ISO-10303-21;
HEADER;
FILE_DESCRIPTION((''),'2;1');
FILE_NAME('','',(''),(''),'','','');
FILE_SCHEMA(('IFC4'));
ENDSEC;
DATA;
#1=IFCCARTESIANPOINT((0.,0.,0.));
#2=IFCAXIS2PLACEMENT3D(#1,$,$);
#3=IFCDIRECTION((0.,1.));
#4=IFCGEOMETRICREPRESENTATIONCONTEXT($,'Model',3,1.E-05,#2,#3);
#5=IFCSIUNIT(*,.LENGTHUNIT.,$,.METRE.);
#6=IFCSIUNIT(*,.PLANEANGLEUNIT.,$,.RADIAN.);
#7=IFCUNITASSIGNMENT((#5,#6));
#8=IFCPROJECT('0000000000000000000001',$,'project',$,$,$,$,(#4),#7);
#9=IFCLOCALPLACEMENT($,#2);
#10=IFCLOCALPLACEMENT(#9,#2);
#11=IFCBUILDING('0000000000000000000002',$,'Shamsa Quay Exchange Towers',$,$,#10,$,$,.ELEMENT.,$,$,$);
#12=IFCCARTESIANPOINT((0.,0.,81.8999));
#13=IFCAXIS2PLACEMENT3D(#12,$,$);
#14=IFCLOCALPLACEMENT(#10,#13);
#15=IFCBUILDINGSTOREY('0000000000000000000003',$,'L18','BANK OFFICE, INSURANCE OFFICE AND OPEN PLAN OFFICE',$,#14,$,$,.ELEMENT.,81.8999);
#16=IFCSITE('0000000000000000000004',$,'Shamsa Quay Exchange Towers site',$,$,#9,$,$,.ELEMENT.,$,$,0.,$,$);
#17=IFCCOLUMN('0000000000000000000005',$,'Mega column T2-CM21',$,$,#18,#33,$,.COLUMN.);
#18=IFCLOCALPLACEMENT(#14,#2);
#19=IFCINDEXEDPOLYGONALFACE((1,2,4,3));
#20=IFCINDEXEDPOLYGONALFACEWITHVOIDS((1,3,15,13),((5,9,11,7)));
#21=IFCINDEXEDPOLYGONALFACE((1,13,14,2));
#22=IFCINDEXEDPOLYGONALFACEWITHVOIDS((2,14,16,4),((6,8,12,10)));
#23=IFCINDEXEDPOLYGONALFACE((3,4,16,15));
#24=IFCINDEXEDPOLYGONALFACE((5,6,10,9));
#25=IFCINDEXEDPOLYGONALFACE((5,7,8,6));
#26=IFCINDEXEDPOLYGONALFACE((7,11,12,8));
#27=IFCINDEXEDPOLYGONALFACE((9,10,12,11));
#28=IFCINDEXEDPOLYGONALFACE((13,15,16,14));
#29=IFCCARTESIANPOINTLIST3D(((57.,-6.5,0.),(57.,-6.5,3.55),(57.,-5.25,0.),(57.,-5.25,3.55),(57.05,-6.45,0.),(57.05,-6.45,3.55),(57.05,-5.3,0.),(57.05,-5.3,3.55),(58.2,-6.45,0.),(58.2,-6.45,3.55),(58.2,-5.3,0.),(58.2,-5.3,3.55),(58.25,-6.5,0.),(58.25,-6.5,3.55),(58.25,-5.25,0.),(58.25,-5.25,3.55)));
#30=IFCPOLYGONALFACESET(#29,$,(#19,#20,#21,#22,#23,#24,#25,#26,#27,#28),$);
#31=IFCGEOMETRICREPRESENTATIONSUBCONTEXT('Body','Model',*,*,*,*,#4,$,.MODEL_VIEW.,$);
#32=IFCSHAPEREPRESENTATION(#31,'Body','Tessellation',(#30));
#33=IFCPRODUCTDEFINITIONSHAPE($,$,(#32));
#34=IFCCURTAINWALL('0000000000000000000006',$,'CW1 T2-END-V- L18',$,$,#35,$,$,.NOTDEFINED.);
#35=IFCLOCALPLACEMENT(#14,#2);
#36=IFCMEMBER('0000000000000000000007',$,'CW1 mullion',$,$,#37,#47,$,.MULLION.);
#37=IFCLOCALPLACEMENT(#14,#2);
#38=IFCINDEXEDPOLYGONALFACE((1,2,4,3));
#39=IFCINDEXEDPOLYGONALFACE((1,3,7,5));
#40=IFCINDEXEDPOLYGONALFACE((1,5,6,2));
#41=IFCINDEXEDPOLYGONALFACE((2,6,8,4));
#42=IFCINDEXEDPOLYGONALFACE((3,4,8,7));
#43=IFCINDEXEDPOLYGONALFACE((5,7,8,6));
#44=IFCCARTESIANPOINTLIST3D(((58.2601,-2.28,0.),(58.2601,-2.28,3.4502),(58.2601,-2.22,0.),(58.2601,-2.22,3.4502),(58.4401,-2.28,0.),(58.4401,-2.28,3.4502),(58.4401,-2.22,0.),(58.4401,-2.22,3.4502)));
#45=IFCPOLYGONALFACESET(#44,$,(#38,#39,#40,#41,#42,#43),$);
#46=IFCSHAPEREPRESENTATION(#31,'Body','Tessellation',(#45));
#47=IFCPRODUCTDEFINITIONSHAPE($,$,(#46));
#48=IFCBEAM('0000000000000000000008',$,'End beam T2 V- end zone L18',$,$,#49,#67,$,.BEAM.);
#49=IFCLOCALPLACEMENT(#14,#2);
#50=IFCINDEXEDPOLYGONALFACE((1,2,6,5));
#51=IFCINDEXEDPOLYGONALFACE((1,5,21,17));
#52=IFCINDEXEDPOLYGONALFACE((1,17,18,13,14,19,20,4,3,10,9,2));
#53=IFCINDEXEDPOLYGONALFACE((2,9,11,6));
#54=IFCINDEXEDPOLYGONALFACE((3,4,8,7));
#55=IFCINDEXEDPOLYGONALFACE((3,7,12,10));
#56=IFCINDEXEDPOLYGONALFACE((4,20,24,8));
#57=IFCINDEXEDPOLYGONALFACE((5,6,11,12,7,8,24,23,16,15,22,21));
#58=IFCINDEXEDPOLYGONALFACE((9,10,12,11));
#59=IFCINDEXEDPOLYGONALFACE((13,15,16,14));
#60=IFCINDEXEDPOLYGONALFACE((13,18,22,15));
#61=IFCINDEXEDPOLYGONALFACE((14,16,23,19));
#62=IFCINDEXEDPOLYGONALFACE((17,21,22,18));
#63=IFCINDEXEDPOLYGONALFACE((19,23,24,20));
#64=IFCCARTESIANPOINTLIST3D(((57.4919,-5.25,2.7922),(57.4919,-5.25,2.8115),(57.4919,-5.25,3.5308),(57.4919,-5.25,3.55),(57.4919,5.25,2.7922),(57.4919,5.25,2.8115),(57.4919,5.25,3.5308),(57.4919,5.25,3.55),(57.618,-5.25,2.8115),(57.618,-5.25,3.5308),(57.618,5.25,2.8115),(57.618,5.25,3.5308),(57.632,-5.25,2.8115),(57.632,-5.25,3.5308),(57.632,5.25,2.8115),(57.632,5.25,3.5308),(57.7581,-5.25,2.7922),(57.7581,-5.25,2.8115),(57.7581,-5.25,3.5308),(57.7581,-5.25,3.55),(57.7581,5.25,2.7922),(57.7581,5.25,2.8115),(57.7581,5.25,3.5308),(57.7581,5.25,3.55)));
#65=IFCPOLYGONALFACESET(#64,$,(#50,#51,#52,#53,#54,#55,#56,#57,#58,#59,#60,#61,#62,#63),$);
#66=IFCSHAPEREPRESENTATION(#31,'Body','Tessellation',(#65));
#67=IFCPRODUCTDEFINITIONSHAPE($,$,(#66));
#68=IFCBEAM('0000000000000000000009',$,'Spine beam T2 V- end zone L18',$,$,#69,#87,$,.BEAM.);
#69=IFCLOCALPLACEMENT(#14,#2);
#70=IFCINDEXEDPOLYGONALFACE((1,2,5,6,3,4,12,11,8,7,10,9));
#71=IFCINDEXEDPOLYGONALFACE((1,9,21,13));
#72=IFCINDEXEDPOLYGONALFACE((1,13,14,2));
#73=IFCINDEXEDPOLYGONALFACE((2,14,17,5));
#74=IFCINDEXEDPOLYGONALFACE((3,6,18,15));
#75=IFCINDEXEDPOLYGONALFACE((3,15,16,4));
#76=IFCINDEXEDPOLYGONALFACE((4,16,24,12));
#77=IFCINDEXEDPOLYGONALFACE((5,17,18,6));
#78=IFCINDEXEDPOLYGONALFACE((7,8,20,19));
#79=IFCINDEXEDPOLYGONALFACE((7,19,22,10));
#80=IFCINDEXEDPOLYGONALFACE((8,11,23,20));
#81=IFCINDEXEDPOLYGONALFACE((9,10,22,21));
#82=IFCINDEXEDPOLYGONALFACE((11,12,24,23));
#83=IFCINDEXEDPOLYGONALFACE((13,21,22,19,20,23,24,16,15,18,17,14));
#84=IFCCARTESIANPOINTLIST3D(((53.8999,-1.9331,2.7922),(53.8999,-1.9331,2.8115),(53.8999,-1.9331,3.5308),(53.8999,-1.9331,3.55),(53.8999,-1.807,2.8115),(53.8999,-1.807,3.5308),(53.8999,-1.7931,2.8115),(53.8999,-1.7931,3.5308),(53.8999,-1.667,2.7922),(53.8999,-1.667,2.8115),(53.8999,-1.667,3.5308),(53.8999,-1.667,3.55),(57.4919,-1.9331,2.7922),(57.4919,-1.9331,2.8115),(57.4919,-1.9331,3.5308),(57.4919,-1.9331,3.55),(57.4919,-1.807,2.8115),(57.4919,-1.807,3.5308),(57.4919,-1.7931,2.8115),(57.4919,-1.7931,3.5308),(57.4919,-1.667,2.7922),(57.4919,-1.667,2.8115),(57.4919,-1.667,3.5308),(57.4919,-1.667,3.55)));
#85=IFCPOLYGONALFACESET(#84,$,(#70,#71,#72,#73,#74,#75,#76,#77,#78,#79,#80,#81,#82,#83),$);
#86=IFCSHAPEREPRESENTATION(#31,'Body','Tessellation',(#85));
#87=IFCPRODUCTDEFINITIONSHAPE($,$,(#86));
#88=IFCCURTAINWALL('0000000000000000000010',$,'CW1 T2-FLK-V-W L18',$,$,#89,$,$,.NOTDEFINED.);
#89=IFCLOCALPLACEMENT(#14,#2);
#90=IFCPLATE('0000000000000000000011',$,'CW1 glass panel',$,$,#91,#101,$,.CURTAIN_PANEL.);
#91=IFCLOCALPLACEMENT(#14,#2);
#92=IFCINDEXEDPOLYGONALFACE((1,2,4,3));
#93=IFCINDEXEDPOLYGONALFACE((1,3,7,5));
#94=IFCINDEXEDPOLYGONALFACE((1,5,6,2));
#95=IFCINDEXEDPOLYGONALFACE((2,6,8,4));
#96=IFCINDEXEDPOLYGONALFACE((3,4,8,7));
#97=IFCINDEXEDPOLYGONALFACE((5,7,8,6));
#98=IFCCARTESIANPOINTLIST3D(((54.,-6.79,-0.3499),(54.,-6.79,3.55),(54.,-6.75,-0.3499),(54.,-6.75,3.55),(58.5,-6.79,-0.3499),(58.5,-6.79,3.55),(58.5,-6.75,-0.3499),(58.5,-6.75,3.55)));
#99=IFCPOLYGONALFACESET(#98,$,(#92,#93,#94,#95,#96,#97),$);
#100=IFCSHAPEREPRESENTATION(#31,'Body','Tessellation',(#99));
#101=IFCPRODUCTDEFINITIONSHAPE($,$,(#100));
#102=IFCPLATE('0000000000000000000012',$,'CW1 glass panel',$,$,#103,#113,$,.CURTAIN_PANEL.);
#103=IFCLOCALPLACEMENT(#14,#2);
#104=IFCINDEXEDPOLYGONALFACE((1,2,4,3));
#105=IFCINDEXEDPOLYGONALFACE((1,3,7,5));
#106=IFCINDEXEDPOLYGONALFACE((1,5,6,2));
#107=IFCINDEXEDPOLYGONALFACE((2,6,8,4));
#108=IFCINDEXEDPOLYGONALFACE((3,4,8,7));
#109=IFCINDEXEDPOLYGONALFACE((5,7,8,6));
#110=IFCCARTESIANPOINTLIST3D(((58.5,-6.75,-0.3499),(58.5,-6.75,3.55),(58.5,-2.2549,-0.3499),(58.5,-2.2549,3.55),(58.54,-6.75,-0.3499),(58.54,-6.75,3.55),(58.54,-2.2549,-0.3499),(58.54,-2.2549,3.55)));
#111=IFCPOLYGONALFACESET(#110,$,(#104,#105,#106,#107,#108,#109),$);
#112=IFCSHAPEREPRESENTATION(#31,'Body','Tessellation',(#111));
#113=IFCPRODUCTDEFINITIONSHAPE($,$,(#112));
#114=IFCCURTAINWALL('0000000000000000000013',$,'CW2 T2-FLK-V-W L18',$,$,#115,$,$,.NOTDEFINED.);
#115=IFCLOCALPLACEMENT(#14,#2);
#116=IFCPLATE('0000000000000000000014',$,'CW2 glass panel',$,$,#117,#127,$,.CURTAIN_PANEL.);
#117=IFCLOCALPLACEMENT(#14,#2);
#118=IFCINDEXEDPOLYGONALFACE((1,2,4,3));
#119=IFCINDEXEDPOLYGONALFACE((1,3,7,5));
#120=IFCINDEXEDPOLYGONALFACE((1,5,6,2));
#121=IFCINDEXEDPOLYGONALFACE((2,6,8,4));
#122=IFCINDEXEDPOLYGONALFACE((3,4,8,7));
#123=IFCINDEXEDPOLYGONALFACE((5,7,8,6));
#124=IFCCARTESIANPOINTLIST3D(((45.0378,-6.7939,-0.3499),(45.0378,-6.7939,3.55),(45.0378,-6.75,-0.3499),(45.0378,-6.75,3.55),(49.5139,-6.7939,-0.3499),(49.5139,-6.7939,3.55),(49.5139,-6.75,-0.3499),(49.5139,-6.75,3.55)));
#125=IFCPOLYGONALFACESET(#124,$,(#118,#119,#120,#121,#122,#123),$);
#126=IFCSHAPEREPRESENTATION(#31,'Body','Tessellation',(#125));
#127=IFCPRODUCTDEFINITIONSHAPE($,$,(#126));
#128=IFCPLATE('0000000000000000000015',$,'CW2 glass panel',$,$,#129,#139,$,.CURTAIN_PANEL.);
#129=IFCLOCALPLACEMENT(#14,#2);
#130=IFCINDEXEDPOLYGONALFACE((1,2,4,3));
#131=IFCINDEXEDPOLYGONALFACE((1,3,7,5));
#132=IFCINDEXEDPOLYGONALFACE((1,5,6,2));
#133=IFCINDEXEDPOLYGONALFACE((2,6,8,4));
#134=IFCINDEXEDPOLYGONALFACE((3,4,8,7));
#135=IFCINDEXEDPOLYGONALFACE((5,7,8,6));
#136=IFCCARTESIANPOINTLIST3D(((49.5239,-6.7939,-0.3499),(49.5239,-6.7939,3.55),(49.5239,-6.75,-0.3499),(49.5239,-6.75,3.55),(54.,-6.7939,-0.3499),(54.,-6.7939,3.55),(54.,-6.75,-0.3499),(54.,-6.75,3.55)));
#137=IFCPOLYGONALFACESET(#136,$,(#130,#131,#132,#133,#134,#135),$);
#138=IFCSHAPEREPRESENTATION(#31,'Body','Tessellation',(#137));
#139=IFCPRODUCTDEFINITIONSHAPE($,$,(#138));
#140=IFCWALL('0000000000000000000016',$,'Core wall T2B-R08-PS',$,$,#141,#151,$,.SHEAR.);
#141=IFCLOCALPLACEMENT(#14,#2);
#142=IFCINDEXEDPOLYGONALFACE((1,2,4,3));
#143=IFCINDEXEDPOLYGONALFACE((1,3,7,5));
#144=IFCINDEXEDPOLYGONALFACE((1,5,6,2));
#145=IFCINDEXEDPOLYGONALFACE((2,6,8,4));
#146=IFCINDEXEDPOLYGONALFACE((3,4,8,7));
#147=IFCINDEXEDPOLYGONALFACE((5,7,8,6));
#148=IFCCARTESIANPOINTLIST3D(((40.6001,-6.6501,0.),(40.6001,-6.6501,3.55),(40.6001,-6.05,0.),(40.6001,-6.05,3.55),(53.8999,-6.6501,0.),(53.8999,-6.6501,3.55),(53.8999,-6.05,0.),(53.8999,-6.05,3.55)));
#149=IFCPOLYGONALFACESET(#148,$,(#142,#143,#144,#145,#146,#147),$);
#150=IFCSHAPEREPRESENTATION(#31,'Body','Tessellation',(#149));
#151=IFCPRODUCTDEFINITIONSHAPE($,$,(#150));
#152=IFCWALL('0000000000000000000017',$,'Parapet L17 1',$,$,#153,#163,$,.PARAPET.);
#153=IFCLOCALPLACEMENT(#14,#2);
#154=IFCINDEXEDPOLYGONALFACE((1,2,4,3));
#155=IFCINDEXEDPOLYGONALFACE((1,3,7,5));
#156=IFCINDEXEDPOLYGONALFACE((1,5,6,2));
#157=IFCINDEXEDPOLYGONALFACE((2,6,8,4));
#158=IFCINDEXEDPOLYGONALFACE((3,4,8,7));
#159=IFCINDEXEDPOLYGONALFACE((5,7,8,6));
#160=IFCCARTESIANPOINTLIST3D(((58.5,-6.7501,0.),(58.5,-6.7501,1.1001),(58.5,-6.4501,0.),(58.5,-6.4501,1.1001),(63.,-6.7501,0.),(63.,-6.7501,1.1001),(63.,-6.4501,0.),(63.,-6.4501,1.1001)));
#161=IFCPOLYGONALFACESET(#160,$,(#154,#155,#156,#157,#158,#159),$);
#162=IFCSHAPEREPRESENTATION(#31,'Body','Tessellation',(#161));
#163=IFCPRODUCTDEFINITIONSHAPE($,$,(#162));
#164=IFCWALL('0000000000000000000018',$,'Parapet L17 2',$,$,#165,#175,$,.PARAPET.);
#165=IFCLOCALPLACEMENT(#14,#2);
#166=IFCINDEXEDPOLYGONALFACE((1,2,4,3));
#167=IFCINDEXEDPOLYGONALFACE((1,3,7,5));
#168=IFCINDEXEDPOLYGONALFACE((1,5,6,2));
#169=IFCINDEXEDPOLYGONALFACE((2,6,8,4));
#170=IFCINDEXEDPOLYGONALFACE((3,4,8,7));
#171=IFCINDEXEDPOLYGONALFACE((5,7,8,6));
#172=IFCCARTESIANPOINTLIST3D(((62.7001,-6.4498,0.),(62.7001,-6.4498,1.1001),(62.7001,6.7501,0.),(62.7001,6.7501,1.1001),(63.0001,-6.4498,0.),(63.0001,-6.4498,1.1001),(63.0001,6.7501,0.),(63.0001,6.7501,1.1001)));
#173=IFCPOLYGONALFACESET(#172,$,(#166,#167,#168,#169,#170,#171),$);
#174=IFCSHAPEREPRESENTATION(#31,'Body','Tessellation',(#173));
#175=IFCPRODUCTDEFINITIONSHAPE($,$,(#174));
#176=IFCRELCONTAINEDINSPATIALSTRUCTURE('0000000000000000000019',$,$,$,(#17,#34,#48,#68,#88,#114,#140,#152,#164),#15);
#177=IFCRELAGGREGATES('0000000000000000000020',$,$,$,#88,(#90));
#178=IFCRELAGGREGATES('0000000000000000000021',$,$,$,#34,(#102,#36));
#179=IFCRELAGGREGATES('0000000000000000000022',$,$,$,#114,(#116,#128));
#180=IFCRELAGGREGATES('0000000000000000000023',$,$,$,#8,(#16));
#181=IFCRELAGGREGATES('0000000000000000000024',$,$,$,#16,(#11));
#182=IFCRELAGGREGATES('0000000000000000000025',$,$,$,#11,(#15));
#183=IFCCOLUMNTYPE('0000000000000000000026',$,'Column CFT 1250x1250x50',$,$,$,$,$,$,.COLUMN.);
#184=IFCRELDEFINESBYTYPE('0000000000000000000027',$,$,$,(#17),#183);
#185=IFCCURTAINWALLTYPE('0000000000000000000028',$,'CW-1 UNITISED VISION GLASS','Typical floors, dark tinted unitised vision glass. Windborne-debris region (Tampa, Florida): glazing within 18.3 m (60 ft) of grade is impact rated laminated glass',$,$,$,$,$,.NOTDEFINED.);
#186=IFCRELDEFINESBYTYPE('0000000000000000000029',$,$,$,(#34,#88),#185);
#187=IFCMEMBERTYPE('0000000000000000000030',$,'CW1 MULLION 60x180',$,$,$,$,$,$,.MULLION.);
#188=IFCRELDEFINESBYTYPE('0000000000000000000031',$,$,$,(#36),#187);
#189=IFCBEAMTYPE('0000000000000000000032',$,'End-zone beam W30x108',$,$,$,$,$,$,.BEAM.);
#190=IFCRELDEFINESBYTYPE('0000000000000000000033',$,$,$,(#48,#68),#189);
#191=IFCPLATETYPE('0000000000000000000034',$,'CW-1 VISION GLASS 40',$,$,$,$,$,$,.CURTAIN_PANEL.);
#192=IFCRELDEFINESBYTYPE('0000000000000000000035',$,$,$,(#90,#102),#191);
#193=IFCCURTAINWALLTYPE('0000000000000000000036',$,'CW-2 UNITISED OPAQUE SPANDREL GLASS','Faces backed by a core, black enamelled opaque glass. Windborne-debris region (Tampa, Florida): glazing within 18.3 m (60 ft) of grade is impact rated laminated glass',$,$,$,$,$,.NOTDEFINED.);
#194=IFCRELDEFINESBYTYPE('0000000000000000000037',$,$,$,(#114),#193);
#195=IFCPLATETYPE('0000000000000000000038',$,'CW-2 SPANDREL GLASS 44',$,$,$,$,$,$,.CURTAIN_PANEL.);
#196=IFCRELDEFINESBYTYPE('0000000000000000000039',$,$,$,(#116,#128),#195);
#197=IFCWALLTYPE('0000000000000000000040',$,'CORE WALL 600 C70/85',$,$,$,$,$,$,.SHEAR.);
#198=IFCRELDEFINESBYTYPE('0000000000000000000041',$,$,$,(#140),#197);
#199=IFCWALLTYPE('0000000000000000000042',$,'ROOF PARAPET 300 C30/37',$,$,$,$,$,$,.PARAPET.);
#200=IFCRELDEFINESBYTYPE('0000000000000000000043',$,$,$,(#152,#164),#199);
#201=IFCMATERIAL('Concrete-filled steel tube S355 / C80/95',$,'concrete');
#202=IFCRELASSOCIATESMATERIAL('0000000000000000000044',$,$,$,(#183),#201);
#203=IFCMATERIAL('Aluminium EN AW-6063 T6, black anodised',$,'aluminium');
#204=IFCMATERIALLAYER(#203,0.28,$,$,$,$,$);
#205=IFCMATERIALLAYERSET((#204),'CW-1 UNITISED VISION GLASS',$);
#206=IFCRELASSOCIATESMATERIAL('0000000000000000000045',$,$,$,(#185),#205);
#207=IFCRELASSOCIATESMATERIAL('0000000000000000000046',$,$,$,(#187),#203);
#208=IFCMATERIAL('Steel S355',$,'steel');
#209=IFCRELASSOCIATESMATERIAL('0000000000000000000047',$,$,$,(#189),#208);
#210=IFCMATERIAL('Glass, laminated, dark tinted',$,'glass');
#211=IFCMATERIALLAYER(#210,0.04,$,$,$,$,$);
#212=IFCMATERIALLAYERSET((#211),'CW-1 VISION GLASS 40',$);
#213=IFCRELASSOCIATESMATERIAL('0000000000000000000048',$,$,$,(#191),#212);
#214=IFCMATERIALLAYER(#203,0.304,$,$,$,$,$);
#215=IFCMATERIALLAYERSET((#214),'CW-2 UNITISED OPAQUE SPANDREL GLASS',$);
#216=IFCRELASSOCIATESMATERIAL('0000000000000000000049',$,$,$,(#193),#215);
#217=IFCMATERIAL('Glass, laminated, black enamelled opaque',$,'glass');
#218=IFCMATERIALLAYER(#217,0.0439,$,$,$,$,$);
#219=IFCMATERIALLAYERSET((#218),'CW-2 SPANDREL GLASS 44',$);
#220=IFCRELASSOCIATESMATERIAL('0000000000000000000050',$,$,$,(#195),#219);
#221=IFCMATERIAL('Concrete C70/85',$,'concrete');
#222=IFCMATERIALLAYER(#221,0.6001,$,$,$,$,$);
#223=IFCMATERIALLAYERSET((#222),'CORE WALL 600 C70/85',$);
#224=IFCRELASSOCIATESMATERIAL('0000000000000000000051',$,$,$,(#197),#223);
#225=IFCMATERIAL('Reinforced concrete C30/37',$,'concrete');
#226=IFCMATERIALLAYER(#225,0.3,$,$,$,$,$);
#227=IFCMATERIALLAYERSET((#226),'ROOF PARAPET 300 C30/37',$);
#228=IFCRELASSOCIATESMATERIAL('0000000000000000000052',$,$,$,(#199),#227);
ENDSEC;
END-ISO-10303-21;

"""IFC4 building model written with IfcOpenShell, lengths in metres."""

from ifc_helpers import new_model, si_unit, direction, frame, frame_2d, origin, origin_2d, place, context, subcontext, project, spatial, rectangle, hollow_rectangle, i_section, extrude, material, layer, layer_set, material_profile, profile_set, type_object, element, aggregate, save


model = new_model("IFC4")

# Units and contexts
model_context = context("Model", 3, precision=1e-05, world=origin(), true_north=direction((0.0, 1.0)))
body_context = subcontext(model_context, "Body", "Model", "MODEL_VIEW")
ifc_project = project(units=[si_unit("LENGTHUNIT", "METRE"), si_unit("PLANEANGLEUNIT", "RADIAN")], contexts=[model_context])

# Site, building, storey
site_placement = place(None, origin())
site = spatial("IfcSite", under=ifc_project, at=site_placement, Name="Shamsa Quay Exchange Towers site", CompositionType="ELEMENT", RefElevation=0.0)
building_placement = place(site_placement, origin())
building = spatial("IfcBuilding", under=site, at=building_placement, Name="Shamsa Quay Exchange Towers", CompositionType="ELEMENT")
storey_placement = place(building_placement, frame((0.0, 0.0, 81.8999)))
storey = spatial("IfcBuildingStorey", under=building, at=storey_placement, Name="L18", Description="BANK OFFICE, INSURANCE OFFICE AND OPEN PLAN OFFICE", CompositionType="ELEMENT", Elevation=81.8999)

# Column
ifc_material_1 = material(Name="Concrete-filled steel tube S355 / C80/95", Category="concrete")
ifc_material_profile_1 = material_profile(ifc_material_1, hollow_rectangle(XDim=1.25, YDim=1.25, WallThickness=0.05, at=origin_2d()), Name="CFT 1250x1250x50")
ifc_profile_set_1 = profile_set([ifc_material_profile_1], Name="Concrete-filled steel tube S355 / C80/95")
column_type = type_object("IfcColumnType", Name="Column CFT 1250x1250x50", PredefinedType="COLUMN", material=ifc_profile_set_1)
column_placement = place(storey_placement, frame((57.625, -5.875, 0.0)))
element("IfcColumn", 1, at=column_placement, inside=storey, type_object=column_type, Name="Mega column T2-CM21", PredefinedType="COLUMN", context=body_context, shape_type="SweptSolid", body=[
    extrude(hollow_rectangle(XDim=1.25, YDim=1.25, WallThickness=0.05, at=origin_2d()), origin(), (0.0, 0.0, 1.0), 3.55),
])

# Curtain wall, member
ifc_material_2 = material(Name="Aluminium EN AW-6063 T6, black anodised", Category="aluminium")
ifc_layer_1 = layer(ifc_material_2, 0.28)
ifc_layer_set_1 = layer_set([ifc_layer_1], Name="CW-1 UNITISED VISION GLASS")
curtain_wall_type_1 = type_object("IfcCurtainWallType", Name="CW-1 UNITISED VISION GLASS", Description="Typical floors, dark tinted unitised vision glass. Windborne-debris region (Tampa, Florida): glazing within 18.3 m (60 ft) of grade is impact rated laminated glass", PredefinedType="NOTDEFINED", material=ifc_layer_set_1)
curtain_wall_1_placement = place(storey_placement, origin())
curtain_wall_1 = element("IfcCurtainWall", 2, at=curtain_wall_1_placement, inside=storey, type_object=curtain_wall_type_1, Name="CW1 T2-END-V- L18", PredefinedType="NOTDEFINED")
ifc_material_profile_2 = material_profile(ifc_material_2, rectangle(XDim=0.1799, YDim=0.0601, at=origin_2d()), Name="MU60x180")
ifc_profile_set_2 = profile_set([ifc_material_profile_2], Name="Aluminium EN AW-6063 T6, black anodised")
member_type = type_object("IfcMemberType", Name="CW1 MULLION 60x180", PredefinedType="MULLION", material=ifc_profile_set_2)
member_placement = place(storey_placement, frame((58.3501, -2.25, 0.0), z_axis=(0.0, 0.0, 1.0), x_axis=(-1.0, 0.0, 0.0)))
member = element("IfcMember", 3, at=member_placement, type_object=member_type, Name="CW1 mullion", PredefinedType="MULLION", context=body_context, shape_type="SweptSolid", body=[
    extrude(rectangle(XDim=0.1799, YDim=0.0601, at=origin_2d()), origin(), (0.0, 0.0, 1.0), 3.4502),
])

# Beams
ifc_material_3 = material(Name="Steel S355", Category="steel")
ifc_material_profile_3 = material_profile(ifc_material_3, i_section(OverallWidth=0.2661, OverallDepth=0.7578, WebThickness=0.0139, FlangeThickness=0.0193, at=origin_2d()), Name="W30x108")
ifc_profile_set_3 = profile_set([ifc_material_profile_3], Name="Steel S355")
beam_type = type_object("IfcBeamType", Name="End-zone beam W30x108", PredefinedType="BEAM", material=ifc_profile_set_3)
beam_1_placement = place(storey_placement, frame((57.625, -5.25, 3.1711), z_axis=(0.0, 1.0, 0.0), x_axis=(-1.0, 0.0, 0.0)))
element("IfcBeam", 4, at=beam_1_placement, inside=storey, type_object=beam_type, Name="End beam T2 V- end zone L18", PredefinedType="BEAM", context=body_context, shape_type="SweptSolid", body=[
    extrude(i_section(OverallWidth=0.2661, OverallDepth=0.7578, WebThickness=0.0139, FlangeThickness=0.0193, at=origin_2d()), origin(), (0.0, 0.0, 1.0), 10.5),
])
beam_2_placement = place(storey_placement, frame((53.8999, -1.8, 3.1711), z_axis=(1.0, 0.0, 0.0), x_axis=(0.0, 1.0, 0.0)))
element("IfcBeam", 5, at=beam_2_placement, inside=storey, type_object=beam_type, Name="Spine beam T2 V- end zone L18", PredefinedType="BEAM", context=body_context, shape_type="SweptSolid", body=[
    extrude(i_section(OverallWidth=0.2661, OverallDepth=0.7578, WebThickness=0.0139, FlangeThickness=0.0193, at=origin_2d()), origin(), (0.0, 0.0, 1.0), 3.592),
])

# Curtain wall, plate
curtain_wall_2_placement = place(storey_placement, origin())
curtain_wall_2 = element("IfcCurtainWall", 6, at=curtain_wall_2_placement, inside=storey, type_object=curtain_wall_type_1, Name="CW1 T2-FLK-V-W L18", PredefinedType="NOTDEFINED")
ifc_material_4 = material(Name="Glass, laminated, dark tinted", Category="glass")
ifc_layer_2 = layer(ifc_material_4, 0.04)
ifc_layer_set_2 = layer_set([ifc_layer_2], Name="CW-1 VISION GLASS 40")
plate_type_1 = type_object("IfcPlateType", Name="CW-1 VISION GLASS 40", PredefinedType="CURTAIN_PANEL", material=ifc_layer_set_2)
plate_1_placement = place(storey_placement, frame((56.25, -6.77, -0.3499)))
plate_1 = element("IfcPlate", 7, at=plate_1_placement, type_object=plate_type_1, Name="CW1 glass panel", PredefinedType="CURTAIN_PANEL", context=body_context, shape_type="SweptSolid", body=[
    extrude(rectangle(XDim=4.5, YDim=0.04, at=origin_2d()), origin(), (0.0, 0.0, 1.0), 3.8999),
])
aggregate(curtain_wall_2, [plate_1])

# Plate
plate_2_placement = place(storey_placement, frame((58.52, -4.5024, -0.3499), z_axis=(0.0, 0.0, 1.0), x_axis=(0.0, 1.0, 0.0)))
plate_2 = element("IfcPlate", 8, at=plate_2_placement, type_object=plate_type_1, Name="CW1 glass panel", PredefinedType="CURTAIN_PANEL", context=body_context, shape_type="SweptSolid", body=[
    extrude(rectangle(XDim=4.4951, YDim=0.04, at=origin_2d()), origin(), (0.0, 0.0, 1.0), 3.8999),
])
aggregate(curtain_wall_1, [plate_2, member])

# Curtain wall, plates
ifc_layer_3 = layer(ifc_material_2, 0.304)
ifc_layer_set_3 = layer_set([ifc_layer_3], Name="CW-2 UNITISED OPAQUE SPANDREL GLASS")
curtain_wall_type_2 = type_object("IfcCurtainWallType", Name="CW-2 UNITISED OPAQUE SPANDREL GLASS", Description="Faces backed by a core, black enamelled opaque glass. Windborne-debris region (Tampa, Florida): glazing within 18.3 m (60 ft) of grade is impact rated laminated glass", PredefinedType="NOTDEFINED", material=ifc_layer_set_3)
curtain_wall_3_placement = place(storey_placement, origin())
curtain_wall_3 = element("IfcCurtainWall", 9, at=curtain_wall_3_placement, inside=storey, type_object=curtain_wall_type_2, Name="CW2 T2-FLK-V-W L18", PredefinedType="NOTDEFINED")
ifc_material_5 = material(Name="Glass, laminated, black enamelled opaque", Category="glass")
ifc_layer_4 = layer(ifc_material_5, 0.0439)
ifc_layer_set_4 = layer_set([ifc_layer_4], Name="CW-2 SPANDREL GLASS 44")
plate_type_2 = type_object("IfcPlateType", Name="CW-2 SPANDREL GLASS 44", PredefinedType="CURTAIN_PANEL", material=ifc_layer_set_4)
plate_3_placement = place(storey_placement, frame((47.2759, -6.772, -0.3499)))
plate_3 = element("IfcPlate", 10, at=plate_3_placement, type_object=plate_type_2, Name="CW2 glass panel", PredefinedType="CURTAIN_PANEL", context=body_context, shape_type="SweptSolid", body=[
    extrude(rectangle(XDim=4.4761, YDim=0.0439, at=origin_2d()), origin(), (0.0, 0.0, 1.0), 3.8999),
])
plate_4_placement = place(storey_placement, frame((51.762, -6.772, -0.3499)))
plate_4 = element("IfcPlate", 11, at=plate_4_placement, type_object=plate_type_2, Name="CW2 glass panel", PredefinedType="CURTAIN_PANEL", context=body_context, shape_type="SweptSolid", body=[
    extrude(rectangle(XDim=4.4761, YDim=0.0439, at=origin_2d()), origin(), (0.0, 0.0, 1.0), 3.8999),
])
aggregate(curtain_wall_3, [plate_3, plate_4])

# Wall
ifc_material_6 = material(Name="Concrete C70/85", Category="concrete")
ifc_layer_5 = layer(ifc_material_6, 0.6001)
ifc_layer_set_5 = layer_set([ifc_layer_5], Name="CORE WALL 600 C70/85")
wall_type_1 = type_object("IfcWallType", Name="CORE WALL 600 C70/85", PredefinedType="SHEAR", material=ifc_layer_set_5)
wall_1_placement = place(storey_placement, frame((53.8999, -6.3501, 0.0), z_axis=(0.0, 0.0, 1.0), x_axis=(-1.0, 0.0, 0.0)))
element("IfcWall", 12, at=wall_1_placement, inside=storey, type_object=wall_type_1, Name="Core wall T2B-R08-PS", PredefinedType="SHEAR", context=body_context, shape_type="SweptSolid", body=[
    extrude(rectangle(XDim=13.2998, YDim=0.6001, at=frame_2d((6.6499, 0.0))), origin(), (0.0, 0.0, 1.0), 3.55),
])

# Walls
ifc_material_7 = material(Name="Reinforced concrete C30/37", Category="concrete")
ifc_layer_6 = layer(ifc_material_7, 0.3)
ifc_layer_set_6 = layer_set([ifc_layer_6], Name="ROOF PARAPET 300 C30/37")
wall_type_2 = type_object("IfcWallType", Name="ROOF PARAPET 300 C30/37", PredefinedType="PARAPET", material=ifc_layer_set_6)
wall_2_placement = place(storey_placement, frame((58.5, -6.6001, 0.0)))
element("IfcWall", 13, at=wall_2_placement, inside=storey, type_object=wall_type_2, Name="Parapet L17 1", PredefinedType="PARAPET", context=body_context, shape_type="SweptSolid", body=[
    extrude(rectangle(XDim=4.5, YDim=0.3, at=frame_2d((2.25, 0.0))), origin(), (0.0, 0.0, 1.0), 1.1001),
])
wall_3_placement = place(storey_placement, frame((62.8501, -6.45, 0.0), z_axis=(0.0, 0.0, 1.0), x_axis=(0.0, 1.0, 0.0)))
element("IfcWall", 14, at=wall_3_placement, inside=storey, type_object=wall_type_2, Name="Parapet L17 2", PredefinedType="PARAPET", context=body_context, shape_type="SweptSolid", body=[
    extrude(rectangle(XDim=13.2, YDim=0.3, at=frame_2d((6.6001, 0.0))), origin(), (0.0, 0.0, 1.0), 1.1001),
])

save(model, "model.ifc")
